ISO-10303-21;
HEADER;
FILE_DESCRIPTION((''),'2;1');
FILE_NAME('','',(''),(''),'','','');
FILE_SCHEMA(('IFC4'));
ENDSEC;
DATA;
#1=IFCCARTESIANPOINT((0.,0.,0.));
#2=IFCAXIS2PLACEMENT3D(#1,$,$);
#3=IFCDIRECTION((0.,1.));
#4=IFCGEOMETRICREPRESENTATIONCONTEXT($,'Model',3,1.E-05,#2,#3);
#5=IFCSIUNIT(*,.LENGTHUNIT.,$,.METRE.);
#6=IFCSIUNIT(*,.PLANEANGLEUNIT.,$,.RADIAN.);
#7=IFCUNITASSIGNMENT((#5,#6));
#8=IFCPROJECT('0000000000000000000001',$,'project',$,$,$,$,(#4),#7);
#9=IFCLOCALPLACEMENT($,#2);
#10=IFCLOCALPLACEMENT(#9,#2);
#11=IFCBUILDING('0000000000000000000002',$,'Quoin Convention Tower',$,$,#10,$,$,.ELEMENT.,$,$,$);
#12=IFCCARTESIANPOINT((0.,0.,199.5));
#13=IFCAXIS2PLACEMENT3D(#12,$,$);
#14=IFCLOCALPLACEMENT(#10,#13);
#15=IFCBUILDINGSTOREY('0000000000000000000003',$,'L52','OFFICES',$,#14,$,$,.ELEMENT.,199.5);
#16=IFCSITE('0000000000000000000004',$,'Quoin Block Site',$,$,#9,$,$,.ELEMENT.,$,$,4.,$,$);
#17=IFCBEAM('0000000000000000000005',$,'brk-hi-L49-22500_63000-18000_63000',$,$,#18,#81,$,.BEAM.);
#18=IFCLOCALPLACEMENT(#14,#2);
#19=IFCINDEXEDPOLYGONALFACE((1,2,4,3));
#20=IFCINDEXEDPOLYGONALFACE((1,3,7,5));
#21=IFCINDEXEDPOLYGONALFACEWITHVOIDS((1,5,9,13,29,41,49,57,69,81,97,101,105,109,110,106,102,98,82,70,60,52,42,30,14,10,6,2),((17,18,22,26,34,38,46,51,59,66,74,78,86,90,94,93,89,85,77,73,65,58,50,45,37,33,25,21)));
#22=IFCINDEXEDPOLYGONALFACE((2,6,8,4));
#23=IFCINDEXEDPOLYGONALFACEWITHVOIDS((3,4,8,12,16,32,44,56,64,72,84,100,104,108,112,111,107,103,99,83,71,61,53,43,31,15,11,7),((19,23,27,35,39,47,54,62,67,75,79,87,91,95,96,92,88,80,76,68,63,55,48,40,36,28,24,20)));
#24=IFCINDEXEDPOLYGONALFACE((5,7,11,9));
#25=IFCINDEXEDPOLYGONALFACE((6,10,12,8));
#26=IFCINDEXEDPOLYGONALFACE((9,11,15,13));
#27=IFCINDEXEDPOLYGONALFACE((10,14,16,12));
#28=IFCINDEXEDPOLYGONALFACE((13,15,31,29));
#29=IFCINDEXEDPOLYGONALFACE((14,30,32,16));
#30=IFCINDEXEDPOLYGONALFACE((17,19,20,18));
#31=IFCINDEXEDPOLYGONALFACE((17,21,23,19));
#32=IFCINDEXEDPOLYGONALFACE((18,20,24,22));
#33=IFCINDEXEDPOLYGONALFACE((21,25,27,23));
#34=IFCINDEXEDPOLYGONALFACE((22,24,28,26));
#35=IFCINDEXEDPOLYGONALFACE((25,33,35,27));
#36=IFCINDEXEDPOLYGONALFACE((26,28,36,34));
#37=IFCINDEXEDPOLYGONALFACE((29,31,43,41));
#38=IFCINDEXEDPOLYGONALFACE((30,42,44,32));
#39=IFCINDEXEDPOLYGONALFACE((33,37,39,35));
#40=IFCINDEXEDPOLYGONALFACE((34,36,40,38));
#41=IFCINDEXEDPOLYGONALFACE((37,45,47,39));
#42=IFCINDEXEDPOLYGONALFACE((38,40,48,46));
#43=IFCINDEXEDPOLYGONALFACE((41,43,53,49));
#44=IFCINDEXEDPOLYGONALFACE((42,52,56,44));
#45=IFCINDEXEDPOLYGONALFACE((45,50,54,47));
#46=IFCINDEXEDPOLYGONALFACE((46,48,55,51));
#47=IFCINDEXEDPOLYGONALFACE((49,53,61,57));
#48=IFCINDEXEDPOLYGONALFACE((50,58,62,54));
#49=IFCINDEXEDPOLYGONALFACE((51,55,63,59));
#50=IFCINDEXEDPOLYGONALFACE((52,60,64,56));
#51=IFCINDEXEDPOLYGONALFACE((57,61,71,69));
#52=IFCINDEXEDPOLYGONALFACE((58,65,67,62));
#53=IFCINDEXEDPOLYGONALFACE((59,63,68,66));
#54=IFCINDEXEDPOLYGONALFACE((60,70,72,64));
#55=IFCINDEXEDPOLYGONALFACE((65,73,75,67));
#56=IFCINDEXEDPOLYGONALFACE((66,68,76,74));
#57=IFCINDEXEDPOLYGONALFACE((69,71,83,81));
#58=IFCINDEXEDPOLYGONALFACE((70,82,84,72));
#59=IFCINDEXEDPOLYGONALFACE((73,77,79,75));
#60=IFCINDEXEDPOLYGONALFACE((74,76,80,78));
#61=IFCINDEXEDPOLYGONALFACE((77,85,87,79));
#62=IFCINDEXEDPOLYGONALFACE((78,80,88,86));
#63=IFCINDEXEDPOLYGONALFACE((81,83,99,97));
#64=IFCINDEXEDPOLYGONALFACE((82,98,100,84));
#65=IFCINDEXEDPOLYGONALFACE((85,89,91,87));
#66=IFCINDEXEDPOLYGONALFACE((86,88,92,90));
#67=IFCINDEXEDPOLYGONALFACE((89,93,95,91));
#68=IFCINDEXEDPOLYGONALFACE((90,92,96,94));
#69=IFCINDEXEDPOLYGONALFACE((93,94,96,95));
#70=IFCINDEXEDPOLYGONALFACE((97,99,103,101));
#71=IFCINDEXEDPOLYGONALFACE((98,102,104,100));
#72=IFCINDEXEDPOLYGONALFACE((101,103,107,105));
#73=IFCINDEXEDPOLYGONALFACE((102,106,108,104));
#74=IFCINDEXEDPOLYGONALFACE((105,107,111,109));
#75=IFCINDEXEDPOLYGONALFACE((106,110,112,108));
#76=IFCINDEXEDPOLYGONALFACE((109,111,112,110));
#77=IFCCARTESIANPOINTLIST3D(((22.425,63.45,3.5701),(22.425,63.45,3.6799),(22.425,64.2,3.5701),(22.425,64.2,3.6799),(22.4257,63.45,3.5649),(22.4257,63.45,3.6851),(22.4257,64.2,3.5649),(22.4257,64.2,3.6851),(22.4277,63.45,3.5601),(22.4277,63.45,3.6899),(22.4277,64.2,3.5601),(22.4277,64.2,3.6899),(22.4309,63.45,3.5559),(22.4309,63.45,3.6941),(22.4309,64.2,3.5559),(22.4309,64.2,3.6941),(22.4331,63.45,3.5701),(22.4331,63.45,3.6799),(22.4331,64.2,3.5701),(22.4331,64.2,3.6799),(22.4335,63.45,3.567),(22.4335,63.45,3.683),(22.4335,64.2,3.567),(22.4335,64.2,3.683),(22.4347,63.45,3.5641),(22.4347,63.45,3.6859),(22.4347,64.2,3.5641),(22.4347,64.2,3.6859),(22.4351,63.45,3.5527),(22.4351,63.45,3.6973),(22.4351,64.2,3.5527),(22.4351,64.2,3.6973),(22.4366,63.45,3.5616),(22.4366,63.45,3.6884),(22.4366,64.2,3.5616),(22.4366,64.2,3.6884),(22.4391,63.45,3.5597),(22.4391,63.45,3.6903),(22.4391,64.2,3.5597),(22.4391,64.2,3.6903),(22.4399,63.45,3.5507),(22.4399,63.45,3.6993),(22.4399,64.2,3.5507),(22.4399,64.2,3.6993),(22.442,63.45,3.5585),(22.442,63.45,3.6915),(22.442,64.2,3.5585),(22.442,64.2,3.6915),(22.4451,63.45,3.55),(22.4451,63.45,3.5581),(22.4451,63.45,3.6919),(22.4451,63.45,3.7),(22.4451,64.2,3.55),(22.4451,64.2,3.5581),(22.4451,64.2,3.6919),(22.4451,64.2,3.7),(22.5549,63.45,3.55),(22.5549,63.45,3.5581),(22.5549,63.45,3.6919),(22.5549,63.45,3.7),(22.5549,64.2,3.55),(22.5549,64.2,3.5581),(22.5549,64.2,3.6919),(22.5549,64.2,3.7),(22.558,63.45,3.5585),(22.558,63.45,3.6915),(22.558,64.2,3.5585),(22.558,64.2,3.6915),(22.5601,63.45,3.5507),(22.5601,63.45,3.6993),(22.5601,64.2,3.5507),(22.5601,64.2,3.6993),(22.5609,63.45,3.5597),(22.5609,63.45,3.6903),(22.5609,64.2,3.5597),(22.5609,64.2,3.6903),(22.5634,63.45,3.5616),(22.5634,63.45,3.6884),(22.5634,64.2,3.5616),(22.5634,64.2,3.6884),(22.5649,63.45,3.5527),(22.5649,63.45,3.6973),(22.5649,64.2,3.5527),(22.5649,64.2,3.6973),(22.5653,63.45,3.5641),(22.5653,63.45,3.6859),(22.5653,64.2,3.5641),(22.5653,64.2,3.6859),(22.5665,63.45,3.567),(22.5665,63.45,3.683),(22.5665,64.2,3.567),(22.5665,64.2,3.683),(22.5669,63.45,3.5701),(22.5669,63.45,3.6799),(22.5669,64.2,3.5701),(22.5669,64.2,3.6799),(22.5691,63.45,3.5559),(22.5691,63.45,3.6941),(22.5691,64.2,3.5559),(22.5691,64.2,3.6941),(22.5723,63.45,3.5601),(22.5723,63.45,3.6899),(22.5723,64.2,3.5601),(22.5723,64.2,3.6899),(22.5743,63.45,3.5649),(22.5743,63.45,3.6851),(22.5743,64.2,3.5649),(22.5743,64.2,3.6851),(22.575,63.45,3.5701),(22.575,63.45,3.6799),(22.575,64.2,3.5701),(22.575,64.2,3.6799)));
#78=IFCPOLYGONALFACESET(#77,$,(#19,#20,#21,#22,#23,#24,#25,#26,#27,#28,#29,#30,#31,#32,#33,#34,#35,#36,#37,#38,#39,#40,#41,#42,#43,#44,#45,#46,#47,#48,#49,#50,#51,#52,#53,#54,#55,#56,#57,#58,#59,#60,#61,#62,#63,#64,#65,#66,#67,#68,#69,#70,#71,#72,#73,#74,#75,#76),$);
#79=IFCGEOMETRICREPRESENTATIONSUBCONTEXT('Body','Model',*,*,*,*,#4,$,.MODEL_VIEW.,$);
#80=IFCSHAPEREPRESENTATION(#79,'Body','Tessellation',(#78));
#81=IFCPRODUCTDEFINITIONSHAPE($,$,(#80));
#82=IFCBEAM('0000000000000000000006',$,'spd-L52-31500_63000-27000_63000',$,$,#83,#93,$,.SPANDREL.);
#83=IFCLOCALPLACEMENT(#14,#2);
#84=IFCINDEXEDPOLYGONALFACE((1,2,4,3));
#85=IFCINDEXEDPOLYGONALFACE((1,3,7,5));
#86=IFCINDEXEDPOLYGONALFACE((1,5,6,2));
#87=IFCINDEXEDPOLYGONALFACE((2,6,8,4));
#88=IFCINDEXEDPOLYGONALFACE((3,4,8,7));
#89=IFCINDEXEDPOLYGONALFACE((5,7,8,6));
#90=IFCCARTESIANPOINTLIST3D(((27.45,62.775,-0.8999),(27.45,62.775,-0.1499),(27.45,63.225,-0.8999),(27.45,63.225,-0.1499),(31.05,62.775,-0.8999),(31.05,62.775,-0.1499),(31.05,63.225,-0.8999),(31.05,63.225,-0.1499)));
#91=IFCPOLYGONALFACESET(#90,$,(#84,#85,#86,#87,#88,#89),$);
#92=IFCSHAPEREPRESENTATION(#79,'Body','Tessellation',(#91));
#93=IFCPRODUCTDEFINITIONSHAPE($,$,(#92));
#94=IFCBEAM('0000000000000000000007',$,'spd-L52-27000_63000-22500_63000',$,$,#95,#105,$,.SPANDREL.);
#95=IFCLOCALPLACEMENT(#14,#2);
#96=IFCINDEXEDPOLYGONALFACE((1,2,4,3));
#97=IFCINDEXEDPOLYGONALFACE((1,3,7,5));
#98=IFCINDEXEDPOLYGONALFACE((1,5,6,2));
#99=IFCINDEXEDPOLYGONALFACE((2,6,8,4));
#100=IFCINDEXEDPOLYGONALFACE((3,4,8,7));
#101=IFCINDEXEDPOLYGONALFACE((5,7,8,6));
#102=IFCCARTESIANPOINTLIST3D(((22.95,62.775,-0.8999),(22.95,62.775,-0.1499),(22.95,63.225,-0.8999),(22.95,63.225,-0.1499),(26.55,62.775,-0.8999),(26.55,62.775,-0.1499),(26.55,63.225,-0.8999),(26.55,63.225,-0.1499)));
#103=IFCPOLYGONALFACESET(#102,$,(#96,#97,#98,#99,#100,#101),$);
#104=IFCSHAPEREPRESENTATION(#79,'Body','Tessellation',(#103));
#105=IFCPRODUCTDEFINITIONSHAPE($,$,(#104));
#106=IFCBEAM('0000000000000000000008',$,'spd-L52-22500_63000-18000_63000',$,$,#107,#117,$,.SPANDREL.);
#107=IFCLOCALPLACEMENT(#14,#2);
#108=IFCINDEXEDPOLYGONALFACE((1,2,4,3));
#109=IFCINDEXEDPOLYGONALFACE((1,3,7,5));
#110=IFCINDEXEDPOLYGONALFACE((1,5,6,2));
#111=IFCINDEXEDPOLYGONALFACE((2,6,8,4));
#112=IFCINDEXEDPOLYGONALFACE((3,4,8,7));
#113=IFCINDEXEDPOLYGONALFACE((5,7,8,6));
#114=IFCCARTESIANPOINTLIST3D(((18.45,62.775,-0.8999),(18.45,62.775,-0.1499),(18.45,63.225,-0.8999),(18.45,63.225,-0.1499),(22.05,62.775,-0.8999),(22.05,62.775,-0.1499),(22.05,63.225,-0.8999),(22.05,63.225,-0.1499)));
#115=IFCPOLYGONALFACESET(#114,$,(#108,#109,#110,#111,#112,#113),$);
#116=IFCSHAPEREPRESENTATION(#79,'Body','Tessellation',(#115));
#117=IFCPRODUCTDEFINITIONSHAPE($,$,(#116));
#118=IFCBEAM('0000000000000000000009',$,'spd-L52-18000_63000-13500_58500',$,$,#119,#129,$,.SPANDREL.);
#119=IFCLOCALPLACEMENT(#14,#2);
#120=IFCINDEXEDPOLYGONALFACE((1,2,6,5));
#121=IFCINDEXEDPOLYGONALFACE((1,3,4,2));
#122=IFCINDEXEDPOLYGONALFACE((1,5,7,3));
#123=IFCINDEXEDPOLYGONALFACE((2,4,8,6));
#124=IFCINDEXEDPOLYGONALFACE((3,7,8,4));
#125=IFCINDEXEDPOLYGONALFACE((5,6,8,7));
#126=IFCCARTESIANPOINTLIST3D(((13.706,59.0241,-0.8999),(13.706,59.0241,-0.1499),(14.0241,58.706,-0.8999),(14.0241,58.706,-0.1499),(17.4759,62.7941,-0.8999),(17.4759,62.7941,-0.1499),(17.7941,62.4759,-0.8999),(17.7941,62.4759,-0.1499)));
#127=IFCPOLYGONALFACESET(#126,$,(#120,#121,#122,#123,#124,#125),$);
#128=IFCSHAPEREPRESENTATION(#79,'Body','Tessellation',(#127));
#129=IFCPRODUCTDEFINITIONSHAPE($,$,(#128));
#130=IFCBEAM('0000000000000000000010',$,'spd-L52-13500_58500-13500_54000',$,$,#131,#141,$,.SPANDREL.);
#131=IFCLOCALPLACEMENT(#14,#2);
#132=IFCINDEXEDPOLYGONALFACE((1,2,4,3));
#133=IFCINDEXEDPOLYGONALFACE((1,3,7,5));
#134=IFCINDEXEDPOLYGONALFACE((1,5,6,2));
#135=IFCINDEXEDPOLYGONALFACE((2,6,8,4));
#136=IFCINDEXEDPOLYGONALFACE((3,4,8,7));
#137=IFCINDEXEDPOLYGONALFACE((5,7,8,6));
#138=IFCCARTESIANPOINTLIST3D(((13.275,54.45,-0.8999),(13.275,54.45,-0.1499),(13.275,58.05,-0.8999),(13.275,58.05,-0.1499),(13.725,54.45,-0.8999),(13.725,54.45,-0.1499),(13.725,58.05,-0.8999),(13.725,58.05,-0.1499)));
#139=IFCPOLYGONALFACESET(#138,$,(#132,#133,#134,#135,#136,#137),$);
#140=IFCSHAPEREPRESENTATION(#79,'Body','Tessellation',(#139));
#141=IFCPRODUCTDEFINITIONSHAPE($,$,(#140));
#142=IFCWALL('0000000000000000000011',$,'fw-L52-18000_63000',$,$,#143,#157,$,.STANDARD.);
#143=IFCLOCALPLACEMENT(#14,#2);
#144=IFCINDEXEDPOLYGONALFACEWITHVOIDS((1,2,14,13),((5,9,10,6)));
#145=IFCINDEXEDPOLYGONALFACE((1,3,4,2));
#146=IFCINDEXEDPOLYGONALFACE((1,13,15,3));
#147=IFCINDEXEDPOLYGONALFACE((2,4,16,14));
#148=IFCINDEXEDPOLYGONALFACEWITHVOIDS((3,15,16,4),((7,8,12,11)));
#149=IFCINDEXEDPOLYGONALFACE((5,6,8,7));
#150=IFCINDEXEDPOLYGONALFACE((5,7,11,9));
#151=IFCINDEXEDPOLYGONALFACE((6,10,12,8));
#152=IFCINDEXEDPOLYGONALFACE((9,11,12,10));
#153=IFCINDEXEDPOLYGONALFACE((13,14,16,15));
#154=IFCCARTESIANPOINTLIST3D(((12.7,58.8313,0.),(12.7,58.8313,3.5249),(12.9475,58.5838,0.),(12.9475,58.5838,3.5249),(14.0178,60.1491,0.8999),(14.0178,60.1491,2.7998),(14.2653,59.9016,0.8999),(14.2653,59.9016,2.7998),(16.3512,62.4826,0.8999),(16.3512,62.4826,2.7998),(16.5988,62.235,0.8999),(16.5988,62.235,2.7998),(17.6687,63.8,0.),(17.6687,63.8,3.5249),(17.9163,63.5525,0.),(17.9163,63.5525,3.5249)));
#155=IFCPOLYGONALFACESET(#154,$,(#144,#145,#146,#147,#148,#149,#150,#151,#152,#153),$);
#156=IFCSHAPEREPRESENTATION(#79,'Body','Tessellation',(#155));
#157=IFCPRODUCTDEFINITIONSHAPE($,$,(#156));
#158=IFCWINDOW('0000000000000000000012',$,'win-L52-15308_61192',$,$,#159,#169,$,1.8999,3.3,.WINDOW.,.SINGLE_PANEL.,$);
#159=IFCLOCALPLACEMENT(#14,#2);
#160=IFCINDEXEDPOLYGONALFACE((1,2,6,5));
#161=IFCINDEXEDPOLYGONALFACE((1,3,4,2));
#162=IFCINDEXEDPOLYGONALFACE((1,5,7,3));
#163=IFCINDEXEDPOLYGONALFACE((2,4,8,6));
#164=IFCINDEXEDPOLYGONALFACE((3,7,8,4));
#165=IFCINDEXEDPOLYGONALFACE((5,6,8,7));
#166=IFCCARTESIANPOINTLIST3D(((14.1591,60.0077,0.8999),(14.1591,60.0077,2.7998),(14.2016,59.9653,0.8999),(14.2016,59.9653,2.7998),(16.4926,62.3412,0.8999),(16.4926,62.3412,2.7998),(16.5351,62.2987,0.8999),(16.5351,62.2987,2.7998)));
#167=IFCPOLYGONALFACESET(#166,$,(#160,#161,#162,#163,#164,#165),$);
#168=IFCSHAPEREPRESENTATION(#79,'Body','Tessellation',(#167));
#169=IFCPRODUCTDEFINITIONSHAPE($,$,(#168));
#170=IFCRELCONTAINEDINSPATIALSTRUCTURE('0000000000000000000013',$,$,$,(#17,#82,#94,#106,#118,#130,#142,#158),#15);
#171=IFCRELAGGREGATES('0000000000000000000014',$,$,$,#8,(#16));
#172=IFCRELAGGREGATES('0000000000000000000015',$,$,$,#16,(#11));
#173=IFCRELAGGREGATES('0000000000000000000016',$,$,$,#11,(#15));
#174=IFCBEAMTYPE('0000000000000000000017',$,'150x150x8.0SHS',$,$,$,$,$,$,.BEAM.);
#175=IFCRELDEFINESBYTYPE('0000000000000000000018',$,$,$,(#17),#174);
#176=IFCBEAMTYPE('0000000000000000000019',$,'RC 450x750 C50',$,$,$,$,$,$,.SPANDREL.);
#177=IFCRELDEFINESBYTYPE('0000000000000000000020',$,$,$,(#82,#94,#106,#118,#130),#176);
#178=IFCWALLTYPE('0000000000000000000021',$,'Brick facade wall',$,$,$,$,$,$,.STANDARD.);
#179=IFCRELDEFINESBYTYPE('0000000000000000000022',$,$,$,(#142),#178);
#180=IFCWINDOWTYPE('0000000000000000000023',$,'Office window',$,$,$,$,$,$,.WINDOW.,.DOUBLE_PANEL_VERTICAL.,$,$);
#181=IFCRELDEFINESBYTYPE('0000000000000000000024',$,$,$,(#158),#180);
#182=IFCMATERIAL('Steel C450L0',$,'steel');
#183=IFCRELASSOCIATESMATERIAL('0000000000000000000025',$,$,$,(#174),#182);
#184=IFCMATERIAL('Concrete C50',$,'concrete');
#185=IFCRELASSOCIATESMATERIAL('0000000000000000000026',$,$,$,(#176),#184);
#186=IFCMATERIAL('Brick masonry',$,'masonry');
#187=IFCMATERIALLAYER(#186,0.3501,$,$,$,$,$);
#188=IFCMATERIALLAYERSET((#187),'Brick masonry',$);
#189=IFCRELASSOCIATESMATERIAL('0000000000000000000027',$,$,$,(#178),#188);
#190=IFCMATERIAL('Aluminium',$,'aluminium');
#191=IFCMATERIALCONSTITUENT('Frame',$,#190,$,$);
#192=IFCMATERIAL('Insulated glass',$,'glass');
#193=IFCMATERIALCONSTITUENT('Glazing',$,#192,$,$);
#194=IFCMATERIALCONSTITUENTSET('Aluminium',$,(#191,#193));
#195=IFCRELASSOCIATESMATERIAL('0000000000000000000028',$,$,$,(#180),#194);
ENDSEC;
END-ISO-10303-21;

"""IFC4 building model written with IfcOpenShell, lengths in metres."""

from ifc_helpers import new_model, si_unit, direction, frame, frame_2d, origin, origin_2d, place, context, subcontext, project, spatial, rectangle, hollow_rectangle, extrude, material, layer, layer_set, constituent, constituent_set, material_profile, profile_set, type_object, element, fill, save


model = new_model("IFC4")

# Units and contexts
model_context = context("Model", 3, precision=1e-05, world=origin(), true_north=direction((0.0, 1.0)))
body_context = subcontext(model_context, "Body", "Model", "MODEL_VIEW")
ifc_project = project(units=[si_unit("LENGTHUNIT", "METRE"), si_unit("PLANEANGLEUNIT", "RADIAN")], contexts=[model_context])

# Site, building, storey
site_placement = place(None, origin())
site = spatial("IfcSite", under=ifc_project, at=site_placement, Name="Quoin Block Site", CompositionType="ELEMENT", RefElevation=4.0)
building_placement = place(site_placement, origin())
building = spatial("IfcBuilding", under=site, at=building_placement, Name="Quoin Convention Tower", CompositionType="ELEMENT")
storey_placement = place(building_placement, frame((0.0, 0.0, 199.5)))
storey = spatial("IfcBuildingStorey", under=building, at=storey_placement, Name="L52", Description="OFFICES", CompositionType="ELEMENT", Elevation=199.5)

# Shared definitions
ifc_material_1 = material(Name="Concrete C50", Category="concrete")

# Beams
ifc_material_2 = material(Name="Steel C450L0", Category="steel")
ifc_material_profile_1 = material_profile(ifc_material_2, hollow_rectangle(XDim=0.1499, YDim=0.1499, WallThickness=0.0081, InnerFilletRadius=0.012, OuterFilletRadius=0.02, at=origin_2d()), Name="150x150x8.0SHS")
ifc_profile_set_1 = profile_set([ifc_material_profile_1], Name="Steel C450L0")
beam_type_1 = type_object("IfcBeamType", Name="150x150x8.0SHS", PredefinedType="BEAM", material=ifc_profile_set_1)
for number, where, z_axis, x_axis, name in (
    (1, (22.5, 63.45, 3.625), (0.0, 1.0, 0.0), (-1.0, 0.0, 0.0), "brk-hi-L49-22500_63000-18000_63000"),
):
    element("IfcBeam", number, at=place(storey_placement, frame(where, z_axis=z_axis, x_axis=x_axis)), inside=storey, type_object=beam_type_1, Name=name, PredefinedType="BEAM", context=body_context, shape_type="SweptSolid", body=[
        extrude(hollow_rectangle(XDim=0.1499, YDim=0.1499, WallThickness=0.0081, InnerFilletRadius=0.012, OuterFilletRadius=0.02, at=origin_2d()), origin(), (0.0, 0.0, 1.0), 0.75),
    ])
ifc_material_profile_2 = material_profile(ifc_material_1, rectangle(XDim=0.45, YDim=0.75, at=origin_2d()), Name="RC 450x750")
ifc_profile_set_2 = profile_set([ifc_material_profile_2], Name="Concrete C50")
beam_type_2 = type_object("IfcBeamType", Name="RC 450x750 C50", PredefinedType="SPANDREL", material=ifc_profile_set_2)
for number, where, z_axis, x_axis, name in (
    (2, (31.05, 63.0, -0.5249), (-1.0, 0.0, 0.0), (0.0, -1.0, 0.0), "spd-L52-31500_63000-27000_63000"),
    (3, (26.55, 63.0, -0.5249), (-1.0, 0.0, 0.0), (0.0, -1.0, 0.0), "spd-L52-27000_63000-22500_63000"),
    (4, (22.05, 63.0, -0.5249), (-1.0, 0.0, 0.0), (0.0, -1.0, 0.0), "spd-L52-22500_63000-18000_63000"),
):
    element("IfcBeam", number, at=place(storey_placement, frame(where, z_axis=z_axis, x_axis=x_axis)), inside=storey, type_object=beam_type_2, Name=name, PredefinedType="SPANDREL", context=body_context, shape_type="SweptSolid", body=[
        extrude(rectangle(XDim=0.45, YDim=0.75, at=origin_2d()), origin(), (0.0, 0.0, 1.0), 3.6001),
    ])
beam_1_placement = place(storey_placement, frame((17.635, 62.635, -0.5249), z_axis=(-0.707107, -0.707107, 0.0), x_axis=(0.707107, -0.707107, 0.0)))
element("IfcBeam", 5, at=beam_1_placement, inside=storey, type_object=beam_type_2, Name="spd-L52-18000_63000-13500_58500", PredefinedType="SPANDREL", context=body_context, shape_type="SweptSolid", body=[
    extrude(rectangle(XDim=0.45, YDim=0.75, at=origin_2d()), origin(), (0.0, 0.0, 1.0), 5.3315),
])
beam_2_placement = place(storey_placement, frame((13.5, 58.05, -0.5249), z_axis=(0.0, -1.0, 0.0), x_axis=(1.0, 0.0, 0.0)))
element("IfcBeam", 6, at=beam_2_placement, inside=storey, type_object=beam_type_2, Name="spd-L52-13500_58500-13500_54000", PredefinedType="SPANDREL", context=body_context, shape_type="SweptSolid", body=[
    extrude(rectangle(XDim=0.45, YDim=0.75, at=origin_2d()), origin(), (0.0, 0.0, 1.0), 3.6001),
])

# Wall, opening, window
ifc_material_3 = material(Name="Brick masonry", Category="masonry")
ifc_layer_1 = layer(ifc_material_3, 0.3501)
ifc_layer_set_1 = layer_set([ifc_layer_1], Name="Brick masonry")
wall_type_1 = type_object("IfcWallType", Name="Brick facade wall", PredefinedType="STANDARD", material=ifc_layer_set_1)
wall_1_placement = place(storey_placement, frame((17.7925, 63.6763, 0.0), z_axis=(0.0, 0.0, 1.0), x_axis=(-0.707107, -0.707107, 0.0)))
wall_1 = element("IfcWall", 7, at=wall_1_placement, inside=storey, type_object=wall_type_1, Name="fw-L52-18000_63000", PredefinedType="STANDARD", context=body_context, shape_type="SweptSolid", body=[
    extrude(rectangle(XDim=7.0269, YDim=0.3501, at=frame_2d((3.5134, 0.0))), origin(), (0.0, 0.0, 1.0), 3.5249),
])
opening_1_placement = place(wall_1_placement, frame((1.8633, 0.0, 0.8999)))
opening_1 = element("IfcOpeningElement", 8, at=opening_1_placement, cuts=wall_1, PredefinedType="OPENING", context=body_context, shape_type="SweptSolid", body=[
    extrude(rectangle(XDim=3.3, YDim=1.8999, at=frame_2d((1.6499, 0.95))), frame((0.0, 0.1851, 0.0), z_axis=(0.0, -1.0, 0.0), x_axis=(1.0, 0.0, 0.0)), (0.0, 0.0, 1.0), 0.3701),
])
ifc_material_4 = material(Name="Aluminium", Category="aluminium")
ifc_constituent_1 = constituent(ifc_material_4, Name="Frame")
ifc_material_5 = material(Name="Insulated glass", Category="glass")
ifc_constituent_2 = constituent(ifc_material_5, Name="Glazing")
ifc_constituent_set = constituent_set(constituents=[ifc_constituent_1, ifc_constituent_2], Name="Aluminium")
window_type = type_object("IfcWindowType", Name="Office window", PartitioningType="DOUBLE_PANEL_VERTICAL", PredefinedType="WINDOW", material=ifc_constituent_set)
window_1_placement = place(opening_1_placement, origin())
window_1 = element("IfcWindow", 9, at=window_1_placement, inside=storey, type_object=window_type, Name="win-L52-15308_61192", OverallHeight=1.8999, OverallWidth=3.3, PartitioningType="SINGLE_PANEL", PredefinedType="WINDOW", context=body_context, shape_type="SweptSolid", body=[
    extrude(rectangle(XDim=3.3, YDim=1.8999, at=frame_2d((1.6499, 0.95))), frame((0.0, 0.085, 0.0), z_axis=(0.0, -1.0, 0.0), x_axis=(1.0, 0.0, 0.0)), (0.0, 0.0, 1.0), 0.0601),
])
fill(opening_1, window_1)

save(model, "model.ifc")
